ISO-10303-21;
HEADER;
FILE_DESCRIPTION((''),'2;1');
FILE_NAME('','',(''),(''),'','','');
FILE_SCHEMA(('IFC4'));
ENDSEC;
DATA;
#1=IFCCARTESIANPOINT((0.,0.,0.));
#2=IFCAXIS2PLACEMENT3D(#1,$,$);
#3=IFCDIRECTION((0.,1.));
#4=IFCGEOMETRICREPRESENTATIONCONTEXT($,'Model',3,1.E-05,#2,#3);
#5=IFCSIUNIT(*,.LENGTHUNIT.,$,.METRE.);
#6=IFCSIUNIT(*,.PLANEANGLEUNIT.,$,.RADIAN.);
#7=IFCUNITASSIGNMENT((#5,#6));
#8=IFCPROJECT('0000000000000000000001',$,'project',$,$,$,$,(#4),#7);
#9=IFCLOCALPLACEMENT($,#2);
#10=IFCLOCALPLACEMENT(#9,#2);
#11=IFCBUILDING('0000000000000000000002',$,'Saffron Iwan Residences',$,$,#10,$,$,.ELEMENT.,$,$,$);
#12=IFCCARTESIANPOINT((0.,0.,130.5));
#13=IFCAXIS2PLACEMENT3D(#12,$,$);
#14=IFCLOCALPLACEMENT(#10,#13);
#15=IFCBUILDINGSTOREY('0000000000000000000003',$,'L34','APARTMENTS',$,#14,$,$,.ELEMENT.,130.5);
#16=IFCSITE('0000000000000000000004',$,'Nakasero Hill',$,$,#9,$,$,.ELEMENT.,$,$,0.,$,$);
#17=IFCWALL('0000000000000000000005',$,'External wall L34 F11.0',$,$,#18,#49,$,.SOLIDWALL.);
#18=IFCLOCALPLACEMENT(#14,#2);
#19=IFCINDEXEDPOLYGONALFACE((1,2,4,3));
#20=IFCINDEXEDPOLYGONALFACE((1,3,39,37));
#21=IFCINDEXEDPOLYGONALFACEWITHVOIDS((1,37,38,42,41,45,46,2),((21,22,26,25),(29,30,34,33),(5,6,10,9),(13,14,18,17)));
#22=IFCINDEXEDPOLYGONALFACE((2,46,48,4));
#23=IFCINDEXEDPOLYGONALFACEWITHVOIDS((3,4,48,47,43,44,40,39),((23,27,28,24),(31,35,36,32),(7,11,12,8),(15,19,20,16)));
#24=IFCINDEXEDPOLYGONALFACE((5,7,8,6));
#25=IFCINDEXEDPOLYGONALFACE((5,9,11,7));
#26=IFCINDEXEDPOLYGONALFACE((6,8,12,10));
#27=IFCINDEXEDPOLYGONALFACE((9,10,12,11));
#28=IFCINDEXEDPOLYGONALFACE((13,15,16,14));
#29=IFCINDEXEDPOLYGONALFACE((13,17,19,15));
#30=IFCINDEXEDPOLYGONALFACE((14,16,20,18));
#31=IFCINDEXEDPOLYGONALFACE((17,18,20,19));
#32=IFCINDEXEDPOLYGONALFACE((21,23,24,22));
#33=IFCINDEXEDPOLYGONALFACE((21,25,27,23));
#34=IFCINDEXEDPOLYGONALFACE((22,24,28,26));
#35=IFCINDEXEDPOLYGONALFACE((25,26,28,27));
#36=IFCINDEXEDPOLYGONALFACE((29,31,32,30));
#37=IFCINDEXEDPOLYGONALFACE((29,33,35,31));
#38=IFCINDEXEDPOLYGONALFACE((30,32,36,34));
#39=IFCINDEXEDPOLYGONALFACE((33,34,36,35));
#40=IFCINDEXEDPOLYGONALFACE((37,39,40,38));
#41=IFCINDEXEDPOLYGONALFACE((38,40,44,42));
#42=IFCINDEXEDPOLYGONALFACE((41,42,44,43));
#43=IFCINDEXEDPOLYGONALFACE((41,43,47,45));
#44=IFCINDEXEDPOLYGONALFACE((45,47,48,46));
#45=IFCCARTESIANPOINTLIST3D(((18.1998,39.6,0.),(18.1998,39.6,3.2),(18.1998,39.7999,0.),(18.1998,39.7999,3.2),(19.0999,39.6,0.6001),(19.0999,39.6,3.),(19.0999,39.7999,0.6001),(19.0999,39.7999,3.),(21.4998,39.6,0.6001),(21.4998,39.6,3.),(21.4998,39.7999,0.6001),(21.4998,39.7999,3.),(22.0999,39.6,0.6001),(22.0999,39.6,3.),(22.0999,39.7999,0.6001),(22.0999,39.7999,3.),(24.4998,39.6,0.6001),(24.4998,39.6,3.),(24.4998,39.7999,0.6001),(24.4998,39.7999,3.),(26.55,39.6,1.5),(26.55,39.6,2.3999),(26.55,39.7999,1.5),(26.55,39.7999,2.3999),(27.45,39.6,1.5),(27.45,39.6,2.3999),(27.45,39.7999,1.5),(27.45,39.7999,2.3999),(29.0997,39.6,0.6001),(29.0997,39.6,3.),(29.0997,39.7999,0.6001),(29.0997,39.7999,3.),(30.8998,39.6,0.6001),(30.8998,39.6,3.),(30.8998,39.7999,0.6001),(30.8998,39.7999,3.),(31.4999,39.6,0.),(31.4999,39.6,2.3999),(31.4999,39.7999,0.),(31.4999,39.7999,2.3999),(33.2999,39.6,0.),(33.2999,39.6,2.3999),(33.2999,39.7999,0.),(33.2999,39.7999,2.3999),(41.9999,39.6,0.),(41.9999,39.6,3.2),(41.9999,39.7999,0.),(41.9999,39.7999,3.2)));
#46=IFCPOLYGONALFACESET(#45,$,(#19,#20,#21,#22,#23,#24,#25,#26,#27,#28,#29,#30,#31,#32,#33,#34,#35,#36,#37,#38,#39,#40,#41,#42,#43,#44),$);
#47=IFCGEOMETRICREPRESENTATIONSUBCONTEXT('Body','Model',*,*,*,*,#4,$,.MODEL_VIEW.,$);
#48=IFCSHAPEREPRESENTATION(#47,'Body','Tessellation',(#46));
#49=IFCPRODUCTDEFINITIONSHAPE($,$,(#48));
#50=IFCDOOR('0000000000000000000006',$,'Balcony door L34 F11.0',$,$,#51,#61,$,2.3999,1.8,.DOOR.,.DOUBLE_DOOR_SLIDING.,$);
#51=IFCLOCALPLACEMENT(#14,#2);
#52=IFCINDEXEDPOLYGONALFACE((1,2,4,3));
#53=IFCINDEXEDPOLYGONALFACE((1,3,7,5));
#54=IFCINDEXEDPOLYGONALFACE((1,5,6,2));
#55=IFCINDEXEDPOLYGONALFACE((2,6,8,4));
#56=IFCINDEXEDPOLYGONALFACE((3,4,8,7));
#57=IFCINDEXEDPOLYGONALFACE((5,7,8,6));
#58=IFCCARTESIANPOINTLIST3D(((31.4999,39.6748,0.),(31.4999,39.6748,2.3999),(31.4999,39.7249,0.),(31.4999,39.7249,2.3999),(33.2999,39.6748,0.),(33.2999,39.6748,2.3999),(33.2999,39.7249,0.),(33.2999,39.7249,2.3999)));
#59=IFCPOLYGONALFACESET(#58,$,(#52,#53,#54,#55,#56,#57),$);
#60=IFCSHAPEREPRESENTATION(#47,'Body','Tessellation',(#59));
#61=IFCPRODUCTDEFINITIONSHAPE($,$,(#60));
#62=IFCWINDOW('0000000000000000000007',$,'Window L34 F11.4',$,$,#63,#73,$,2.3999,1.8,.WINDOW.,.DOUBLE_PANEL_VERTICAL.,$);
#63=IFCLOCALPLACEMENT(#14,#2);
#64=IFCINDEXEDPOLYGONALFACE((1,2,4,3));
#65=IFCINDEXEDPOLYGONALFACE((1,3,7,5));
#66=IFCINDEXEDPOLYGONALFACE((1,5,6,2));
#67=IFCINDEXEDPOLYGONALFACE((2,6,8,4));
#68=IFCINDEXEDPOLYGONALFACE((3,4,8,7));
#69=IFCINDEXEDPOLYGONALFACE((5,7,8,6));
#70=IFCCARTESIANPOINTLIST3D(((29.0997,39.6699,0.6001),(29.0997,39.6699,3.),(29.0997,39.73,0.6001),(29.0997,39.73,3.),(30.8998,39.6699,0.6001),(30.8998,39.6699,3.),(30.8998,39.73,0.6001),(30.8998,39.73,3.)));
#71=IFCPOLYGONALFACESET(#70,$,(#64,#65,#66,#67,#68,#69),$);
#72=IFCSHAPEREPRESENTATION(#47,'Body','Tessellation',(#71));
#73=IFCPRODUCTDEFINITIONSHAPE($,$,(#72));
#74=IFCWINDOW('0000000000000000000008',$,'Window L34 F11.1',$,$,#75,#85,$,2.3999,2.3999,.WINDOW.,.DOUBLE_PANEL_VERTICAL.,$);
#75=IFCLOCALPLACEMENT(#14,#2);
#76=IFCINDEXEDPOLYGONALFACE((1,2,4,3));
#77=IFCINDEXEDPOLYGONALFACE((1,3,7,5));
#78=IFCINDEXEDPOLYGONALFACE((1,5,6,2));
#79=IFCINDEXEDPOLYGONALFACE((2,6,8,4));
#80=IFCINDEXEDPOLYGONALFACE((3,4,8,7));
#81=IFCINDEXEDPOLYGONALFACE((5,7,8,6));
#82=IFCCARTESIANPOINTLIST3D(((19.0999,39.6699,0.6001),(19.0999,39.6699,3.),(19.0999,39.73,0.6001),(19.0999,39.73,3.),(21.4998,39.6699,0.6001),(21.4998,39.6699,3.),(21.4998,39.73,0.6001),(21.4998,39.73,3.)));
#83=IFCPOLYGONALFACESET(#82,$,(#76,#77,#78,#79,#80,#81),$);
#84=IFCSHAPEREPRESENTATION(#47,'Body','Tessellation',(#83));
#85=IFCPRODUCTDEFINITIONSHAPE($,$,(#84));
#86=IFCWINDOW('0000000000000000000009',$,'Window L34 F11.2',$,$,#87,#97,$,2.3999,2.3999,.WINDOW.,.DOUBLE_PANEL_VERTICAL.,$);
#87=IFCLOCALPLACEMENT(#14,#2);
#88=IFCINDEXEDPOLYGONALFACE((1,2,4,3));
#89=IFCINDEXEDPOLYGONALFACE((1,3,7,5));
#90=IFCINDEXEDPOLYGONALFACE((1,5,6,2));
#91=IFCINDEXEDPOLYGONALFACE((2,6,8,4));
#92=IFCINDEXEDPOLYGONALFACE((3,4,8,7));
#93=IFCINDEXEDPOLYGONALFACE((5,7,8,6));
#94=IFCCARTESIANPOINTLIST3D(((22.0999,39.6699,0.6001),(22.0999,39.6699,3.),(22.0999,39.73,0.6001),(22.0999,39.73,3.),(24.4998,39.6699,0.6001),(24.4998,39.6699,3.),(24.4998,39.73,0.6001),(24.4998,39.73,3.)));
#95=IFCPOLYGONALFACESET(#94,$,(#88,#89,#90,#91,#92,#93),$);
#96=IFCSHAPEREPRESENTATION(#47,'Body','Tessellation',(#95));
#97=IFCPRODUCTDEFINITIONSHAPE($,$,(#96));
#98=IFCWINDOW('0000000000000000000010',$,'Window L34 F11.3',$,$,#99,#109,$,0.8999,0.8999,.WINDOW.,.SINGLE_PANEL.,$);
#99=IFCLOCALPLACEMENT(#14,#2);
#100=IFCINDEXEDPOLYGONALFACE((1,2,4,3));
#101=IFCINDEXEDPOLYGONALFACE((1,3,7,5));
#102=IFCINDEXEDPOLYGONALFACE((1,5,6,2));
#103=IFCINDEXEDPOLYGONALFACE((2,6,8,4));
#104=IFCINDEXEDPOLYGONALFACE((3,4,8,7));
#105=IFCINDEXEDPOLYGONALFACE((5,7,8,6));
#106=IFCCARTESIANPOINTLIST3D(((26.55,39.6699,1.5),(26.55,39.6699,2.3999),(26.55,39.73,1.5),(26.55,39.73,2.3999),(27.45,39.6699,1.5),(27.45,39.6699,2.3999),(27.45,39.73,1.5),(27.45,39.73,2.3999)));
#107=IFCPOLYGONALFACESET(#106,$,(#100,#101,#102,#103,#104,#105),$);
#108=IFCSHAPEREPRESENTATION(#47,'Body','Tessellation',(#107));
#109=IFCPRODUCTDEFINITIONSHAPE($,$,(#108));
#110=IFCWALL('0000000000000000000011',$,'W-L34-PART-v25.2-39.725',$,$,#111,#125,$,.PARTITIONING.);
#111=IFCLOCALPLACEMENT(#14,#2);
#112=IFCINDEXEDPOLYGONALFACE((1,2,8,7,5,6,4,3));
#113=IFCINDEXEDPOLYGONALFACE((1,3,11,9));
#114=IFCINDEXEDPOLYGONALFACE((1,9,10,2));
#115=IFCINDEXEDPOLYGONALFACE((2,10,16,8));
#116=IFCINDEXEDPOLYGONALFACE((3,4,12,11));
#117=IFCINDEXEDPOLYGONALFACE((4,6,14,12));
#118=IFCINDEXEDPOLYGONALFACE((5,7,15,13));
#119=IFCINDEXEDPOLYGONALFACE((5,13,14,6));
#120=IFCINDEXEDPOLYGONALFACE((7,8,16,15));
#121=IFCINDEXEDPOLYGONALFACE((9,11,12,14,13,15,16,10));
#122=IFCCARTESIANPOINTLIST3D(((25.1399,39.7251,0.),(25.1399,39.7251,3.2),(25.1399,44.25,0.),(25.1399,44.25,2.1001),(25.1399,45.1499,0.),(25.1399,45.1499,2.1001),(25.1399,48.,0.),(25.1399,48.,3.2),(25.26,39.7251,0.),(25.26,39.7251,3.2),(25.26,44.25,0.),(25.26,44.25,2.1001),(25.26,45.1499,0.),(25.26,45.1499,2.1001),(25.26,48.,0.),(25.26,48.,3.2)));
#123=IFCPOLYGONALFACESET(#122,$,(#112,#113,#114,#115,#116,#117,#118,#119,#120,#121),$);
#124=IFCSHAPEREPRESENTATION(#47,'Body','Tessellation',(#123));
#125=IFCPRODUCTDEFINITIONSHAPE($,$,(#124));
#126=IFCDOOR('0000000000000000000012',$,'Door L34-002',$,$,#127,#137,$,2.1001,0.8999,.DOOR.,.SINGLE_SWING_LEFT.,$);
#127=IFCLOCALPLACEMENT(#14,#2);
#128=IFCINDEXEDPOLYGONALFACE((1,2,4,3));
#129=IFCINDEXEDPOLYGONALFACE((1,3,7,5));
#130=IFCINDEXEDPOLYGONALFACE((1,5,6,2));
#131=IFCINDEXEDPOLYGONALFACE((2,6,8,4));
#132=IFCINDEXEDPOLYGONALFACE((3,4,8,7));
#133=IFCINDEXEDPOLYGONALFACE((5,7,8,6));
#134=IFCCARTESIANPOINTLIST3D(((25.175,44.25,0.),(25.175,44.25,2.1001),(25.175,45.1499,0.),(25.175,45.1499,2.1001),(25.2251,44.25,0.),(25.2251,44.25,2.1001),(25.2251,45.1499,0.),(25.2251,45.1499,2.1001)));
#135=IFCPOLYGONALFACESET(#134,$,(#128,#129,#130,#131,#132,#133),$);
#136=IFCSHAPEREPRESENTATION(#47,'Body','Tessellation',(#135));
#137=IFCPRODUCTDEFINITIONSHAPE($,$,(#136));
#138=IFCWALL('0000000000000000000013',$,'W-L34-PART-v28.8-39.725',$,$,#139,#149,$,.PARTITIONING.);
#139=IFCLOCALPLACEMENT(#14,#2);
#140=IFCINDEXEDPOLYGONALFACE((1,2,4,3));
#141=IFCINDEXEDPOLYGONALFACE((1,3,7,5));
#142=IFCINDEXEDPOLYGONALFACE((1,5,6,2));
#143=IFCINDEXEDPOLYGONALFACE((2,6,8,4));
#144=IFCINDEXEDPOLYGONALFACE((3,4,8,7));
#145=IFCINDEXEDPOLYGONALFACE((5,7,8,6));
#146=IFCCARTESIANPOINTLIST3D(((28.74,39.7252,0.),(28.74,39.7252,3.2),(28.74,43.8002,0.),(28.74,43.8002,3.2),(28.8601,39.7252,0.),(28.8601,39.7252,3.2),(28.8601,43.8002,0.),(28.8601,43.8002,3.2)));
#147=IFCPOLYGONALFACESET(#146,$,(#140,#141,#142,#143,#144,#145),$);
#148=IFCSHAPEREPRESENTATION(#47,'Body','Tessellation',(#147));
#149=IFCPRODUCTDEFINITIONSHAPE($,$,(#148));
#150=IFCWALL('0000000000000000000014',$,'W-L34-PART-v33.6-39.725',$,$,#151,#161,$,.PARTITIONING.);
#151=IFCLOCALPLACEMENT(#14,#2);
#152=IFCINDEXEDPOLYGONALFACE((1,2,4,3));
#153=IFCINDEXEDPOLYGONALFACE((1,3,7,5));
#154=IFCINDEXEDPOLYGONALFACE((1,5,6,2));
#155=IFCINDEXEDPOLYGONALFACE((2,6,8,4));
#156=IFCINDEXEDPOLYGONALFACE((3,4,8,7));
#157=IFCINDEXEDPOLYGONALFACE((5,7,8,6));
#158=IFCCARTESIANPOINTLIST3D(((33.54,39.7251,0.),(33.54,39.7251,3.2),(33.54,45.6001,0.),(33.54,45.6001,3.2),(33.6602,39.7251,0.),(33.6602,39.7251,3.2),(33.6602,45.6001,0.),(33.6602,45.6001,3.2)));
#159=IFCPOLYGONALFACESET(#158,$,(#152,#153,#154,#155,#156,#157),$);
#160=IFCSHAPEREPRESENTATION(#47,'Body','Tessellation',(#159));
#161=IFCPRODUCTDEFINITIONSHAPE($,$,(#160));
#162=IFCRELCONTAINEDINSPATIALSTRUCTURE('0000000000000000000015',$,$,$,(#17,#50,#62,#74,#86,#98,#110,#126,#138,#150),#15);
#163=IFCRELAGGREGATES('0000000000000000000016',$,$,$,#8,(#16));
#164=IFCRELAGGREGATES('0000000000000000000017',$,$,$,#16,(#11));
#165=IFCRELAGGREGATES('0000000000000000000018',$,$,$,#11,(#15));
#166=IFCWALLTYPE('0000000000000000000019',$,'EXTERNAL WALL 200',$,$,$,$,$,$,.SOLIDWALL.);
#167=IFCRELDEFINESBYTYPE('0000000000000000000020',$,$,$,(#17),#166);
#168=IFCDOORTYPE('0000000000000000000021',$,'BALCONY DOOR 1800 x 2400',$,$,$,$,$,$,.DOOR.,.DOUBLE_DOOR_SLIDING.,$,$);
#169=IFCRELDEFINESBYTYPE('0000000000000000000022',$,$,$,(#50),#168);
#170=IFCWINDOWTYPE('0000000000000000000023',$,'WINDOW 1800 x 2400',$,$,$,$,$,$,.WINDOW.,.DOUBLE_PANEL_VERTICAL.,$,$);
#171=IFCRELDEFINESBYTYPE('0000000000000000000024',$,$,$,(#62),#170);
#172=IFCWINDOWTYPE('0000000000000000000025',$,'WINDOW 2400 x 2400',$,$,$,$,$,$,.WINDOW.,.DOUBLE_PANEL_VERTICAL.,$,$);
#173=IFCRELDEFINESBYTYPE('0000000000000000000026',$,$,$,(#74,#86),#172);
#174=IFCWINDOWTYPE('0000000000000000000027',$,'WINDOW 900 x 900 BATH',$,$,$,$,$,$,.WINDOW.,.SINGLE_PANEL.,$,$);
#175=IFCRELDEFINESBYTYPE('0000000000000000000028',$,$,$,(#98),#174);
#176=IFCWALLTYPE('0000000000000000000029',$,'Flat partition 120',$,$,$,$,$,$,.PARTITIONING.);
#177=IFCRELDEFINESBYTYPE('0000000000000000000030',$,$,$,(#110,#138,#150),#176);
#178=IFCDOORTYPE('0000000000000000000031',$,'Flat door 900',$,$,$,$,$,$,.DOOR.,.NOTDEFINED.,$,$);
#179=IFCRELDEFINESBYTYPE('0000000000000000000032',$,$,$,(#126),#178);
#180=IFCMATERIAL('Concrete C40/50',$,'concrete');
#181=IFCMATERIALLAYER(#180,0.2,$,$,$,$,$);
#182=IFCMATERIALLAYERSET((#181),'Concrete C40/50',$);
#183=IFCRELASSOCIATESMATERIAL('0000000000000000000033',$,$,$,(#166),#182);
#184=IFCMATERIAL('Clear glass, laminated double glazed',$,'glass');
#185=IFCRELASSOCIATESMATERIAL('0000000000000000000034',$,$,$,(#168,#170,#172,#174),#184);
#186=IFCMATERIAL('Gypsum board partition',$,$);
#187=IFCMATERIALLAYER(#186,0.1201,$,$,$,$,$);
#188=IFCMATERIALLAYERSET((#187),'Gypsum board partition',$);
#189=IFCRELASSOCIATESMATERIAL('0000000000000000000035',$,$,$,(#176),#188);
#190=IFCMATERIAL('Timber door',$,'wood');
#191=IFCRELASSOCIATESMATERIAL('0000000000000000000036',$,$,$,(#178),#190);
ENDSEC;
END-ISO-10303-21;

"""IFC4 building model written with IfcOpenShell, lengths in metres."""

from ifc_helpers import new_model, si_unit, direction, frame, frame_2d, origin, place, context, subcontext, project, spatial, rectangle, extrude, material, layer, layer_set, type_object, element, fill, save


model = new_model("IFC4")

# Units and contexts
model_context = context("Model", 3, precision=1e-05, world=origin(), true_north=direction((0.0, 1.0)))
body_context = subcontext(model_context, "Body", "Model", "MODEL_VIEW")
ifc_project = project(units=[si_unit("LENGTHUNIT", "METRE"), si_unit("PLANEANGLEUNIT", "RADIAN")], contexts=[model_context])

# Site, building, storey
site_placement = place(None, origin())
site = spatial("IfcSite", under=ifc_project, at=site_placement, Name="Nakasero Hill", CompositionType="ELEMENT", RefElevation=0.0)
building_placement = place(site_placement, origin())
building = spatial("IfcBuilding", under=site, at=building_placement, Name="Saffron Iwan Residences", CompositionType="ELEMENT")
storey_placement = place(building_placement, frame((0.0, 0.0, 130.5)))
storey = spatial("IfcBuildingStorey", under=building, at=storey_placement, Name="L34", Description="APARTMENTS", CompositionType="ELEMENT", Elevation=130.5)

# Wall, openings, door, windows
ifc_material_1 = material(Name="Concrete C40/50", Category="concrete")
ifc_layer_1 = layer(ifc_material_1, 0.2)
ifc_layer_set_1 = layer_set([ifc_layer_1], Name="Concrete C40/50")
wall_type_1 = type_object("IfcWallType", Name="EXTERNAL WALL 200", PredefinedType="SOLIDWALL", material=ifc_layer_set_1)
wall_1_placement = place(storey_placement, frame((18.2, 39.7, 0.0), z_axis=(0.0, 0.0, 1.0), x_axis=(1.0, 0.0, 0.0)))
wall_1 = element("IfcWall", 1, at=wall_1_placement, inside=storey, type_object=wall_type_1, Name="External wall L34 F11.0", PredefinedType="SOLIDWALL", context=body_context, shape_type="SweptSolid", body=[
    extrude(rectangle(XDim=23.8, YDim=0.2, at=frame_2d((11.8999, 0.0))), origin(), (0.0, 0.0, 1.0), 3.2),
])
opening_1_placement = place(wall_1_placement, frame((13.3, 0.0, 0.0)))
opening_1 = element("IfcOpeningElement", 2, at=opening_1_placement, cuts=wall_1, PredefinedType="OPENING", context=body_context, shape_type="SweptSolid", body=[
    extrude(rectangle(XDim=1.8, YDim=2.3999, at=frame_2d((0.8999, 1.2))), frame((0.0, 0.1099, 0.0), z_axis=(0.0, -1.0, 0.0), x_axis=(1.0, 0.0, 0.0)), (0.0, 0.0, 1.0), 0.22),
])
opening_2_placement = place(wall_1_placement, frame((0.8999, 0.0, 0.6001)))
opening_2 = element("IfcOpeningElement", 3, at=opening_2_placement, cuts=wall_1, PredefinedType="OPENING", context=body_context, shape_type="SweptSolid", body=[
    extrude(rectangle(XDim=2.3999, YDim=2.3999, at=frame_2d((1.2, 1.2))), frame((0.0, 0.1099, 0.0), z_axis=(0.0, -1.0, 0.0), x_axis=(1.0, 0.0, 0.0)), (0.0, 0.0, 1.0), 0.22),
])
opening_3_placement = place(wall_1_placement, frame((3.8999, 0.0, 0.6001)))
opening_3 = element("IfcOpeningElement", 4, at=opening_3_placement, cuts=wall_1, PredefinedType="OPENING", context=body_context, shape_type="SweptSolid", body=[
    extrude(rectangle(XDim=2.3999, YDim=2.3999, at=frame_2d((1.2, 1.2))), frame((0.0, 0.1099, 0.0), z_axis=(0.0, -1.0, 0.0), x_axis=(1.0, 0.0, 0.0)), (0.0, 0.0, 1.0), 0.22),
])
opening_4_placement = place(wall_1_placement, frame((8.3501, 0.0, 1.5)))
opening_4 = element("IfcOpeningElement", 5, at=opening_4_placement, cuts=wall_1, PredefinedType="OPENING", context=body_context, shape_type="SweptSolid", body=[
    extrude(rectangle(XDim=0.8999, YDim=0.8999, at=frame_2d((0.45, 0.45))), frame((0.0, 0.1099, 0.0), z_axis=(0.0, -1.0, 0.0), x_axis=(1.0, 0.0, 0.0)), (0.0, 0.0, 1.0), 0.22),
])
opening_5_placement = place(wall_1_placement, frame((10.8999, 0.0, 0.6001)))
opening_5 = element("IfcOpeningElement", 6, at=opening_5_placement, cuts=wall_1, PredefinedType="OPENING", context=body_context, shape_type="SweptSolid", body=[
    extrude(rectangle(XDim=1.8, YDim=2.3999, at=frame_2d((0.8999, 1.2))), frame((0.0, 0.1099, 0.0), z_axis=(0.0, -1.0, 0.0), x_axis=(1.0, 0.0, 0.0)), (0.0, 0.0, 1.0), 0.22),
])
ifc_material_2 = material(Name="Clear glass, laminated double glazed", Category="glass")
door_type_1 = type_object("IfcDoorType", Name="BALCONY DOOR 1800 x 2400", OperationType="DOUBLE_DOOR_SLIDING", PredefinedType="DOOR", material=ifc_material_2)
door_1_placement = place(opening_1_placement, origin())
door_1 = element("IfcDoor", 7, at=door_1_placement, inside=storey, type_object=door_type_1, Name="Balcony door L34 F11.0", OperationType="DOUBLE_DOOR_SLIDING", OverallHeight=2.3999, OverallWidth=1.8, PredefinedType="DOOR", context=body_context, shape_type="SweptSolid", body=[
    extrude(rectangle(XDim=1.8, YDim=2.3999, at=frame_2d((0.8999, 1.2))), frame((0.0, 0.0249, 0.0), z_axis=(0.0, -1.0, 0.0), x_axis=(1.0, 0.0, 0.0)), (0.0, 0.0, 1.0), 0.05),
])
fill(opening_1, door_1)
window_type_1 = type_object("IfcWindowType", Name="WINDOW 1800 x 2400", PartitioningType="DOUBLE_PANEL_VERTICAL", PredefinedType="WINDOW", material=ifc_material_2)
window_1_placement = place(opening_5_placement, origin())
window_1 = element("IfcWindow", 8, at=window_1_placement, inside=storey, type_object=window_type_1, Name="Window L34 F11.4", OverallHeight=2.3999, OverallWidth=1.8, PartitioningType="DOUBLE_PANEL_VERTICAL", PredefinedType="WINDOW", context=body_context, shape_type="SweptSolid", body=[
    extrude(rectangle(XDim=1.8, YDim=2.3999, at=frame_2d((0.8999, 1.2))), frame((0.0, 0.03, 0.0), z_axis=(0.0, -1.0, 0.0), x_axis=(1.0, 0.0, 0.0)), (0.0, 0.0, 1.0), 0.0601),
])
fill(opening_5, window_1)
window_type_2 = type_object("IfcWindowType", Name="WINDOW 2400 x 2400", PartitioningType="DOUBLE_PANEL_VERTICAL", PredefinedType="WINDOW", material=ifc_material_2)
window_2_placement = place(opening_2_placement, origin())
window_2 = element("IfcWindow", 9, at=window_2_placement, inside=storey, type_object=window_type_2, Name="Window L34 F11.1", OverallHeight=2.3999, OverallWidth=2.3999, PartitioningType="DOUBLE_PANEL_VERTICAL", PredefinedType="WINDOW", context=body_context, shape_type="SweptSolid", body=[
    extrude(rectangle(XDim=2.3999, YDim=2.3999, at=frame_2d((1.2, 1.2))), frame((0.0, 0.03, 0.0), z_axis=(0.0, -1.0, 0.0), x_axis=(1.0, 0.0, 0.0)), (0.0, 0.0, 1.0), 0.0601),
])
fill(opening_2, window_2)
window_3_placement = place(opening_3_placement, origin())
window_3 = element("IfcWindow", 10, at=window_3_placement, inside=storey, type_object=window_type_2, Name="Window L34 F11.2", OverallHeight=2.3999, OverallWidth=2.3999, PartitioningType="DOUBLE_PANEL_VERTICAL", PredefinedType="WINDOW", context=body_context, shape_type="SweptSolid", body=[
    extrude(rectangle(XDim=2.3999, YDim=2.3999, at=frame_2d((1.2, 1.2))), frame((0.0, 0.03, 0.0), z_axis=(0.0, -1.0, 0.0), x_axis=(1.0, 0.0, 0.0)), (0.0, 0.0, 1.0), 0.0601),
])
fill(opening_3, window_3)
window_type_3 = type_object("IfcWindowType", Name="WINDOW 900 x 900 BATH", PartitioningType="SINGLE_PANEL", PredefinedType="WINDOW", material=ifc_material_2)
window_4_placement = place(opening_4_placement, origin())
window_4 = element("IfcWindow", 11, at=window_4_placement, inside=storey, type_object=window_type_3, Name="Window L34 F11.3", OverallHeight=0.8999, OverallWidth=0.8999, PartitioningType="SINGLE_PANEL", PredefinedType="WINDOW", context=body_context, shape_type="SweptSolid", body=[
    extrude(rectangle(XDim=0.8999, YDim=0.8999, at=frame_2d((0.45, 0.45))), frame((0.0, 0.03, 0.0), z_axis=(0.0, -1.0, 0.0), x_axis=(1.0, 0.0, 0.0)), (0.0, 0.0, 1.0), 0.0601),
])
fill(opening_4, window_4)

# Wall, opening, door
ifc_material_3 = material(Name="Gypsum board partition")
ifc_layer_2 = layer(ifc_material_3, 0.1201)
ifc_layer_set_2 = layer_set([ifc_layer_2], Name="Gypsum board partition")
wall_type_2 = type_object("IfcWallType", Name="Flat partition 120", PredefinedType="PARTITIONING", material=ifc_layer_set_2)
wall_2_placement = place(storey_placement, frame((25.2, 39.7251, 0.0), z_axis=(0.0, 0.0, 1.0), x_axis=(0.0, 1.0, 0.0)))
wall_2 = element("IfcWall", 12, at=wall_2_placement, inside=storey, type_object=wall_type_2, Name="W-L34-PART-v25.2-39.725", PredefinedType="PARTITIONING", context=body_context, shape_type="SweptSolid", body=[
    extrude(rectangle(XDim=8.2749, YDim=0.1201, at=frame_2d((4.1375, 0.0))), origin(), (0.0, 0.0, 1.0), 3.2),
])
opening_6_placement = place(wall_2_placement, frame((4.5249, 0.0, 0.0)))
opening_6 = element("IfcOpeningElement", 13, at=opening_6_placement, cuts=wall_2, PredefinedType="OPENING", context=body_context, shape_type="SweptSolid", body=[
    extrude(rectangle(XDim=0.8999, YDim=2.1001, at=frame_2d((0.45, 1.05))), frame((0.0, 0.0701, 0.0), z_axis=(0.0, -1.0, 0.0), x_axis=(1.0, 0.0, 0.0)), (0.0, 0.0, 1.0), 0.1401),
])
ifc_material_4 = material(Name="Timber door", Category="wood")
door_type_2 = type_object("IfcDoorType", Name="Flat door 900", OperationType="NOTDEFINED", PredefinedType="DOOR", material=ifc_material_4)
door_2_placement = place(opening_6_placement, origin())
door_2 = element("IfcDoor", 14, at=door_2_placement, inside=storey, type_object=door_type_2, Name="Door L34-002", OperationType="SINGLE_SWING_LEFT", OverallHeight=2.1001, OverallWidth=0.8999, PredefinedType="DOOR", context=body_context, shape_type="SweptSolid", body=[
    extrude(rectangle(XDim=0.8999, YDim=2.1001, at=frame_2d((0.45, 1.05))), frame((0.0, 0.0249, 0.0), z_axis=(0.0, -1.0, 0.0), x_axis=(1.0, 0.0, 0.0)), (0.0, 0.0, 1.0), 0.05),
])
fill(opening_6, door_2)

# Walls
wall_3_placement = place(storey_placement, frame((28.8, 39.7251, 0.0), z_axis=(0.0, 0.0, 1.0), x_axis=(0.0, 1.0, 0.0)))
element("IfcWall", 15, at=wall_3_placement, inside=storey, type_object=wall_type_2, Name="W-L34-PART-v28.8-39.725", PredefinedType="PARTITIONING", context=body_context, shape_type="SweptSolid", body=[
    extrude(rectangle(XDim=4.075, YDim=0.1201, at=frame_2d((2.0376, 0.0))), origin(), (0.0, 0.0, 1.0), 3.2),
])
wall_4_placement = place(storey_placement, frame((33.6001, 39.7251, 0.0), z_axis=(0.0, 0.0, 1.0), x_axis=(0.0, 1.0, 0.0)))
element("IfcWall", 16, at=wall_4_placement, inside=storey, type_object=wall_type_2, Name="W-L34-PART-v33.6-39.725", PredefinedType="PARTITIONING", context=body_context, shape_type="SweptSolid", body=[
    extrude(rectangle(XDim=5.875, YDim=0.1201, at=frame_2d((2.9375, 0.0))), origin(), (0.0, 0.0, 1.0), 3.2),
])

save(model, "model.ifc")
